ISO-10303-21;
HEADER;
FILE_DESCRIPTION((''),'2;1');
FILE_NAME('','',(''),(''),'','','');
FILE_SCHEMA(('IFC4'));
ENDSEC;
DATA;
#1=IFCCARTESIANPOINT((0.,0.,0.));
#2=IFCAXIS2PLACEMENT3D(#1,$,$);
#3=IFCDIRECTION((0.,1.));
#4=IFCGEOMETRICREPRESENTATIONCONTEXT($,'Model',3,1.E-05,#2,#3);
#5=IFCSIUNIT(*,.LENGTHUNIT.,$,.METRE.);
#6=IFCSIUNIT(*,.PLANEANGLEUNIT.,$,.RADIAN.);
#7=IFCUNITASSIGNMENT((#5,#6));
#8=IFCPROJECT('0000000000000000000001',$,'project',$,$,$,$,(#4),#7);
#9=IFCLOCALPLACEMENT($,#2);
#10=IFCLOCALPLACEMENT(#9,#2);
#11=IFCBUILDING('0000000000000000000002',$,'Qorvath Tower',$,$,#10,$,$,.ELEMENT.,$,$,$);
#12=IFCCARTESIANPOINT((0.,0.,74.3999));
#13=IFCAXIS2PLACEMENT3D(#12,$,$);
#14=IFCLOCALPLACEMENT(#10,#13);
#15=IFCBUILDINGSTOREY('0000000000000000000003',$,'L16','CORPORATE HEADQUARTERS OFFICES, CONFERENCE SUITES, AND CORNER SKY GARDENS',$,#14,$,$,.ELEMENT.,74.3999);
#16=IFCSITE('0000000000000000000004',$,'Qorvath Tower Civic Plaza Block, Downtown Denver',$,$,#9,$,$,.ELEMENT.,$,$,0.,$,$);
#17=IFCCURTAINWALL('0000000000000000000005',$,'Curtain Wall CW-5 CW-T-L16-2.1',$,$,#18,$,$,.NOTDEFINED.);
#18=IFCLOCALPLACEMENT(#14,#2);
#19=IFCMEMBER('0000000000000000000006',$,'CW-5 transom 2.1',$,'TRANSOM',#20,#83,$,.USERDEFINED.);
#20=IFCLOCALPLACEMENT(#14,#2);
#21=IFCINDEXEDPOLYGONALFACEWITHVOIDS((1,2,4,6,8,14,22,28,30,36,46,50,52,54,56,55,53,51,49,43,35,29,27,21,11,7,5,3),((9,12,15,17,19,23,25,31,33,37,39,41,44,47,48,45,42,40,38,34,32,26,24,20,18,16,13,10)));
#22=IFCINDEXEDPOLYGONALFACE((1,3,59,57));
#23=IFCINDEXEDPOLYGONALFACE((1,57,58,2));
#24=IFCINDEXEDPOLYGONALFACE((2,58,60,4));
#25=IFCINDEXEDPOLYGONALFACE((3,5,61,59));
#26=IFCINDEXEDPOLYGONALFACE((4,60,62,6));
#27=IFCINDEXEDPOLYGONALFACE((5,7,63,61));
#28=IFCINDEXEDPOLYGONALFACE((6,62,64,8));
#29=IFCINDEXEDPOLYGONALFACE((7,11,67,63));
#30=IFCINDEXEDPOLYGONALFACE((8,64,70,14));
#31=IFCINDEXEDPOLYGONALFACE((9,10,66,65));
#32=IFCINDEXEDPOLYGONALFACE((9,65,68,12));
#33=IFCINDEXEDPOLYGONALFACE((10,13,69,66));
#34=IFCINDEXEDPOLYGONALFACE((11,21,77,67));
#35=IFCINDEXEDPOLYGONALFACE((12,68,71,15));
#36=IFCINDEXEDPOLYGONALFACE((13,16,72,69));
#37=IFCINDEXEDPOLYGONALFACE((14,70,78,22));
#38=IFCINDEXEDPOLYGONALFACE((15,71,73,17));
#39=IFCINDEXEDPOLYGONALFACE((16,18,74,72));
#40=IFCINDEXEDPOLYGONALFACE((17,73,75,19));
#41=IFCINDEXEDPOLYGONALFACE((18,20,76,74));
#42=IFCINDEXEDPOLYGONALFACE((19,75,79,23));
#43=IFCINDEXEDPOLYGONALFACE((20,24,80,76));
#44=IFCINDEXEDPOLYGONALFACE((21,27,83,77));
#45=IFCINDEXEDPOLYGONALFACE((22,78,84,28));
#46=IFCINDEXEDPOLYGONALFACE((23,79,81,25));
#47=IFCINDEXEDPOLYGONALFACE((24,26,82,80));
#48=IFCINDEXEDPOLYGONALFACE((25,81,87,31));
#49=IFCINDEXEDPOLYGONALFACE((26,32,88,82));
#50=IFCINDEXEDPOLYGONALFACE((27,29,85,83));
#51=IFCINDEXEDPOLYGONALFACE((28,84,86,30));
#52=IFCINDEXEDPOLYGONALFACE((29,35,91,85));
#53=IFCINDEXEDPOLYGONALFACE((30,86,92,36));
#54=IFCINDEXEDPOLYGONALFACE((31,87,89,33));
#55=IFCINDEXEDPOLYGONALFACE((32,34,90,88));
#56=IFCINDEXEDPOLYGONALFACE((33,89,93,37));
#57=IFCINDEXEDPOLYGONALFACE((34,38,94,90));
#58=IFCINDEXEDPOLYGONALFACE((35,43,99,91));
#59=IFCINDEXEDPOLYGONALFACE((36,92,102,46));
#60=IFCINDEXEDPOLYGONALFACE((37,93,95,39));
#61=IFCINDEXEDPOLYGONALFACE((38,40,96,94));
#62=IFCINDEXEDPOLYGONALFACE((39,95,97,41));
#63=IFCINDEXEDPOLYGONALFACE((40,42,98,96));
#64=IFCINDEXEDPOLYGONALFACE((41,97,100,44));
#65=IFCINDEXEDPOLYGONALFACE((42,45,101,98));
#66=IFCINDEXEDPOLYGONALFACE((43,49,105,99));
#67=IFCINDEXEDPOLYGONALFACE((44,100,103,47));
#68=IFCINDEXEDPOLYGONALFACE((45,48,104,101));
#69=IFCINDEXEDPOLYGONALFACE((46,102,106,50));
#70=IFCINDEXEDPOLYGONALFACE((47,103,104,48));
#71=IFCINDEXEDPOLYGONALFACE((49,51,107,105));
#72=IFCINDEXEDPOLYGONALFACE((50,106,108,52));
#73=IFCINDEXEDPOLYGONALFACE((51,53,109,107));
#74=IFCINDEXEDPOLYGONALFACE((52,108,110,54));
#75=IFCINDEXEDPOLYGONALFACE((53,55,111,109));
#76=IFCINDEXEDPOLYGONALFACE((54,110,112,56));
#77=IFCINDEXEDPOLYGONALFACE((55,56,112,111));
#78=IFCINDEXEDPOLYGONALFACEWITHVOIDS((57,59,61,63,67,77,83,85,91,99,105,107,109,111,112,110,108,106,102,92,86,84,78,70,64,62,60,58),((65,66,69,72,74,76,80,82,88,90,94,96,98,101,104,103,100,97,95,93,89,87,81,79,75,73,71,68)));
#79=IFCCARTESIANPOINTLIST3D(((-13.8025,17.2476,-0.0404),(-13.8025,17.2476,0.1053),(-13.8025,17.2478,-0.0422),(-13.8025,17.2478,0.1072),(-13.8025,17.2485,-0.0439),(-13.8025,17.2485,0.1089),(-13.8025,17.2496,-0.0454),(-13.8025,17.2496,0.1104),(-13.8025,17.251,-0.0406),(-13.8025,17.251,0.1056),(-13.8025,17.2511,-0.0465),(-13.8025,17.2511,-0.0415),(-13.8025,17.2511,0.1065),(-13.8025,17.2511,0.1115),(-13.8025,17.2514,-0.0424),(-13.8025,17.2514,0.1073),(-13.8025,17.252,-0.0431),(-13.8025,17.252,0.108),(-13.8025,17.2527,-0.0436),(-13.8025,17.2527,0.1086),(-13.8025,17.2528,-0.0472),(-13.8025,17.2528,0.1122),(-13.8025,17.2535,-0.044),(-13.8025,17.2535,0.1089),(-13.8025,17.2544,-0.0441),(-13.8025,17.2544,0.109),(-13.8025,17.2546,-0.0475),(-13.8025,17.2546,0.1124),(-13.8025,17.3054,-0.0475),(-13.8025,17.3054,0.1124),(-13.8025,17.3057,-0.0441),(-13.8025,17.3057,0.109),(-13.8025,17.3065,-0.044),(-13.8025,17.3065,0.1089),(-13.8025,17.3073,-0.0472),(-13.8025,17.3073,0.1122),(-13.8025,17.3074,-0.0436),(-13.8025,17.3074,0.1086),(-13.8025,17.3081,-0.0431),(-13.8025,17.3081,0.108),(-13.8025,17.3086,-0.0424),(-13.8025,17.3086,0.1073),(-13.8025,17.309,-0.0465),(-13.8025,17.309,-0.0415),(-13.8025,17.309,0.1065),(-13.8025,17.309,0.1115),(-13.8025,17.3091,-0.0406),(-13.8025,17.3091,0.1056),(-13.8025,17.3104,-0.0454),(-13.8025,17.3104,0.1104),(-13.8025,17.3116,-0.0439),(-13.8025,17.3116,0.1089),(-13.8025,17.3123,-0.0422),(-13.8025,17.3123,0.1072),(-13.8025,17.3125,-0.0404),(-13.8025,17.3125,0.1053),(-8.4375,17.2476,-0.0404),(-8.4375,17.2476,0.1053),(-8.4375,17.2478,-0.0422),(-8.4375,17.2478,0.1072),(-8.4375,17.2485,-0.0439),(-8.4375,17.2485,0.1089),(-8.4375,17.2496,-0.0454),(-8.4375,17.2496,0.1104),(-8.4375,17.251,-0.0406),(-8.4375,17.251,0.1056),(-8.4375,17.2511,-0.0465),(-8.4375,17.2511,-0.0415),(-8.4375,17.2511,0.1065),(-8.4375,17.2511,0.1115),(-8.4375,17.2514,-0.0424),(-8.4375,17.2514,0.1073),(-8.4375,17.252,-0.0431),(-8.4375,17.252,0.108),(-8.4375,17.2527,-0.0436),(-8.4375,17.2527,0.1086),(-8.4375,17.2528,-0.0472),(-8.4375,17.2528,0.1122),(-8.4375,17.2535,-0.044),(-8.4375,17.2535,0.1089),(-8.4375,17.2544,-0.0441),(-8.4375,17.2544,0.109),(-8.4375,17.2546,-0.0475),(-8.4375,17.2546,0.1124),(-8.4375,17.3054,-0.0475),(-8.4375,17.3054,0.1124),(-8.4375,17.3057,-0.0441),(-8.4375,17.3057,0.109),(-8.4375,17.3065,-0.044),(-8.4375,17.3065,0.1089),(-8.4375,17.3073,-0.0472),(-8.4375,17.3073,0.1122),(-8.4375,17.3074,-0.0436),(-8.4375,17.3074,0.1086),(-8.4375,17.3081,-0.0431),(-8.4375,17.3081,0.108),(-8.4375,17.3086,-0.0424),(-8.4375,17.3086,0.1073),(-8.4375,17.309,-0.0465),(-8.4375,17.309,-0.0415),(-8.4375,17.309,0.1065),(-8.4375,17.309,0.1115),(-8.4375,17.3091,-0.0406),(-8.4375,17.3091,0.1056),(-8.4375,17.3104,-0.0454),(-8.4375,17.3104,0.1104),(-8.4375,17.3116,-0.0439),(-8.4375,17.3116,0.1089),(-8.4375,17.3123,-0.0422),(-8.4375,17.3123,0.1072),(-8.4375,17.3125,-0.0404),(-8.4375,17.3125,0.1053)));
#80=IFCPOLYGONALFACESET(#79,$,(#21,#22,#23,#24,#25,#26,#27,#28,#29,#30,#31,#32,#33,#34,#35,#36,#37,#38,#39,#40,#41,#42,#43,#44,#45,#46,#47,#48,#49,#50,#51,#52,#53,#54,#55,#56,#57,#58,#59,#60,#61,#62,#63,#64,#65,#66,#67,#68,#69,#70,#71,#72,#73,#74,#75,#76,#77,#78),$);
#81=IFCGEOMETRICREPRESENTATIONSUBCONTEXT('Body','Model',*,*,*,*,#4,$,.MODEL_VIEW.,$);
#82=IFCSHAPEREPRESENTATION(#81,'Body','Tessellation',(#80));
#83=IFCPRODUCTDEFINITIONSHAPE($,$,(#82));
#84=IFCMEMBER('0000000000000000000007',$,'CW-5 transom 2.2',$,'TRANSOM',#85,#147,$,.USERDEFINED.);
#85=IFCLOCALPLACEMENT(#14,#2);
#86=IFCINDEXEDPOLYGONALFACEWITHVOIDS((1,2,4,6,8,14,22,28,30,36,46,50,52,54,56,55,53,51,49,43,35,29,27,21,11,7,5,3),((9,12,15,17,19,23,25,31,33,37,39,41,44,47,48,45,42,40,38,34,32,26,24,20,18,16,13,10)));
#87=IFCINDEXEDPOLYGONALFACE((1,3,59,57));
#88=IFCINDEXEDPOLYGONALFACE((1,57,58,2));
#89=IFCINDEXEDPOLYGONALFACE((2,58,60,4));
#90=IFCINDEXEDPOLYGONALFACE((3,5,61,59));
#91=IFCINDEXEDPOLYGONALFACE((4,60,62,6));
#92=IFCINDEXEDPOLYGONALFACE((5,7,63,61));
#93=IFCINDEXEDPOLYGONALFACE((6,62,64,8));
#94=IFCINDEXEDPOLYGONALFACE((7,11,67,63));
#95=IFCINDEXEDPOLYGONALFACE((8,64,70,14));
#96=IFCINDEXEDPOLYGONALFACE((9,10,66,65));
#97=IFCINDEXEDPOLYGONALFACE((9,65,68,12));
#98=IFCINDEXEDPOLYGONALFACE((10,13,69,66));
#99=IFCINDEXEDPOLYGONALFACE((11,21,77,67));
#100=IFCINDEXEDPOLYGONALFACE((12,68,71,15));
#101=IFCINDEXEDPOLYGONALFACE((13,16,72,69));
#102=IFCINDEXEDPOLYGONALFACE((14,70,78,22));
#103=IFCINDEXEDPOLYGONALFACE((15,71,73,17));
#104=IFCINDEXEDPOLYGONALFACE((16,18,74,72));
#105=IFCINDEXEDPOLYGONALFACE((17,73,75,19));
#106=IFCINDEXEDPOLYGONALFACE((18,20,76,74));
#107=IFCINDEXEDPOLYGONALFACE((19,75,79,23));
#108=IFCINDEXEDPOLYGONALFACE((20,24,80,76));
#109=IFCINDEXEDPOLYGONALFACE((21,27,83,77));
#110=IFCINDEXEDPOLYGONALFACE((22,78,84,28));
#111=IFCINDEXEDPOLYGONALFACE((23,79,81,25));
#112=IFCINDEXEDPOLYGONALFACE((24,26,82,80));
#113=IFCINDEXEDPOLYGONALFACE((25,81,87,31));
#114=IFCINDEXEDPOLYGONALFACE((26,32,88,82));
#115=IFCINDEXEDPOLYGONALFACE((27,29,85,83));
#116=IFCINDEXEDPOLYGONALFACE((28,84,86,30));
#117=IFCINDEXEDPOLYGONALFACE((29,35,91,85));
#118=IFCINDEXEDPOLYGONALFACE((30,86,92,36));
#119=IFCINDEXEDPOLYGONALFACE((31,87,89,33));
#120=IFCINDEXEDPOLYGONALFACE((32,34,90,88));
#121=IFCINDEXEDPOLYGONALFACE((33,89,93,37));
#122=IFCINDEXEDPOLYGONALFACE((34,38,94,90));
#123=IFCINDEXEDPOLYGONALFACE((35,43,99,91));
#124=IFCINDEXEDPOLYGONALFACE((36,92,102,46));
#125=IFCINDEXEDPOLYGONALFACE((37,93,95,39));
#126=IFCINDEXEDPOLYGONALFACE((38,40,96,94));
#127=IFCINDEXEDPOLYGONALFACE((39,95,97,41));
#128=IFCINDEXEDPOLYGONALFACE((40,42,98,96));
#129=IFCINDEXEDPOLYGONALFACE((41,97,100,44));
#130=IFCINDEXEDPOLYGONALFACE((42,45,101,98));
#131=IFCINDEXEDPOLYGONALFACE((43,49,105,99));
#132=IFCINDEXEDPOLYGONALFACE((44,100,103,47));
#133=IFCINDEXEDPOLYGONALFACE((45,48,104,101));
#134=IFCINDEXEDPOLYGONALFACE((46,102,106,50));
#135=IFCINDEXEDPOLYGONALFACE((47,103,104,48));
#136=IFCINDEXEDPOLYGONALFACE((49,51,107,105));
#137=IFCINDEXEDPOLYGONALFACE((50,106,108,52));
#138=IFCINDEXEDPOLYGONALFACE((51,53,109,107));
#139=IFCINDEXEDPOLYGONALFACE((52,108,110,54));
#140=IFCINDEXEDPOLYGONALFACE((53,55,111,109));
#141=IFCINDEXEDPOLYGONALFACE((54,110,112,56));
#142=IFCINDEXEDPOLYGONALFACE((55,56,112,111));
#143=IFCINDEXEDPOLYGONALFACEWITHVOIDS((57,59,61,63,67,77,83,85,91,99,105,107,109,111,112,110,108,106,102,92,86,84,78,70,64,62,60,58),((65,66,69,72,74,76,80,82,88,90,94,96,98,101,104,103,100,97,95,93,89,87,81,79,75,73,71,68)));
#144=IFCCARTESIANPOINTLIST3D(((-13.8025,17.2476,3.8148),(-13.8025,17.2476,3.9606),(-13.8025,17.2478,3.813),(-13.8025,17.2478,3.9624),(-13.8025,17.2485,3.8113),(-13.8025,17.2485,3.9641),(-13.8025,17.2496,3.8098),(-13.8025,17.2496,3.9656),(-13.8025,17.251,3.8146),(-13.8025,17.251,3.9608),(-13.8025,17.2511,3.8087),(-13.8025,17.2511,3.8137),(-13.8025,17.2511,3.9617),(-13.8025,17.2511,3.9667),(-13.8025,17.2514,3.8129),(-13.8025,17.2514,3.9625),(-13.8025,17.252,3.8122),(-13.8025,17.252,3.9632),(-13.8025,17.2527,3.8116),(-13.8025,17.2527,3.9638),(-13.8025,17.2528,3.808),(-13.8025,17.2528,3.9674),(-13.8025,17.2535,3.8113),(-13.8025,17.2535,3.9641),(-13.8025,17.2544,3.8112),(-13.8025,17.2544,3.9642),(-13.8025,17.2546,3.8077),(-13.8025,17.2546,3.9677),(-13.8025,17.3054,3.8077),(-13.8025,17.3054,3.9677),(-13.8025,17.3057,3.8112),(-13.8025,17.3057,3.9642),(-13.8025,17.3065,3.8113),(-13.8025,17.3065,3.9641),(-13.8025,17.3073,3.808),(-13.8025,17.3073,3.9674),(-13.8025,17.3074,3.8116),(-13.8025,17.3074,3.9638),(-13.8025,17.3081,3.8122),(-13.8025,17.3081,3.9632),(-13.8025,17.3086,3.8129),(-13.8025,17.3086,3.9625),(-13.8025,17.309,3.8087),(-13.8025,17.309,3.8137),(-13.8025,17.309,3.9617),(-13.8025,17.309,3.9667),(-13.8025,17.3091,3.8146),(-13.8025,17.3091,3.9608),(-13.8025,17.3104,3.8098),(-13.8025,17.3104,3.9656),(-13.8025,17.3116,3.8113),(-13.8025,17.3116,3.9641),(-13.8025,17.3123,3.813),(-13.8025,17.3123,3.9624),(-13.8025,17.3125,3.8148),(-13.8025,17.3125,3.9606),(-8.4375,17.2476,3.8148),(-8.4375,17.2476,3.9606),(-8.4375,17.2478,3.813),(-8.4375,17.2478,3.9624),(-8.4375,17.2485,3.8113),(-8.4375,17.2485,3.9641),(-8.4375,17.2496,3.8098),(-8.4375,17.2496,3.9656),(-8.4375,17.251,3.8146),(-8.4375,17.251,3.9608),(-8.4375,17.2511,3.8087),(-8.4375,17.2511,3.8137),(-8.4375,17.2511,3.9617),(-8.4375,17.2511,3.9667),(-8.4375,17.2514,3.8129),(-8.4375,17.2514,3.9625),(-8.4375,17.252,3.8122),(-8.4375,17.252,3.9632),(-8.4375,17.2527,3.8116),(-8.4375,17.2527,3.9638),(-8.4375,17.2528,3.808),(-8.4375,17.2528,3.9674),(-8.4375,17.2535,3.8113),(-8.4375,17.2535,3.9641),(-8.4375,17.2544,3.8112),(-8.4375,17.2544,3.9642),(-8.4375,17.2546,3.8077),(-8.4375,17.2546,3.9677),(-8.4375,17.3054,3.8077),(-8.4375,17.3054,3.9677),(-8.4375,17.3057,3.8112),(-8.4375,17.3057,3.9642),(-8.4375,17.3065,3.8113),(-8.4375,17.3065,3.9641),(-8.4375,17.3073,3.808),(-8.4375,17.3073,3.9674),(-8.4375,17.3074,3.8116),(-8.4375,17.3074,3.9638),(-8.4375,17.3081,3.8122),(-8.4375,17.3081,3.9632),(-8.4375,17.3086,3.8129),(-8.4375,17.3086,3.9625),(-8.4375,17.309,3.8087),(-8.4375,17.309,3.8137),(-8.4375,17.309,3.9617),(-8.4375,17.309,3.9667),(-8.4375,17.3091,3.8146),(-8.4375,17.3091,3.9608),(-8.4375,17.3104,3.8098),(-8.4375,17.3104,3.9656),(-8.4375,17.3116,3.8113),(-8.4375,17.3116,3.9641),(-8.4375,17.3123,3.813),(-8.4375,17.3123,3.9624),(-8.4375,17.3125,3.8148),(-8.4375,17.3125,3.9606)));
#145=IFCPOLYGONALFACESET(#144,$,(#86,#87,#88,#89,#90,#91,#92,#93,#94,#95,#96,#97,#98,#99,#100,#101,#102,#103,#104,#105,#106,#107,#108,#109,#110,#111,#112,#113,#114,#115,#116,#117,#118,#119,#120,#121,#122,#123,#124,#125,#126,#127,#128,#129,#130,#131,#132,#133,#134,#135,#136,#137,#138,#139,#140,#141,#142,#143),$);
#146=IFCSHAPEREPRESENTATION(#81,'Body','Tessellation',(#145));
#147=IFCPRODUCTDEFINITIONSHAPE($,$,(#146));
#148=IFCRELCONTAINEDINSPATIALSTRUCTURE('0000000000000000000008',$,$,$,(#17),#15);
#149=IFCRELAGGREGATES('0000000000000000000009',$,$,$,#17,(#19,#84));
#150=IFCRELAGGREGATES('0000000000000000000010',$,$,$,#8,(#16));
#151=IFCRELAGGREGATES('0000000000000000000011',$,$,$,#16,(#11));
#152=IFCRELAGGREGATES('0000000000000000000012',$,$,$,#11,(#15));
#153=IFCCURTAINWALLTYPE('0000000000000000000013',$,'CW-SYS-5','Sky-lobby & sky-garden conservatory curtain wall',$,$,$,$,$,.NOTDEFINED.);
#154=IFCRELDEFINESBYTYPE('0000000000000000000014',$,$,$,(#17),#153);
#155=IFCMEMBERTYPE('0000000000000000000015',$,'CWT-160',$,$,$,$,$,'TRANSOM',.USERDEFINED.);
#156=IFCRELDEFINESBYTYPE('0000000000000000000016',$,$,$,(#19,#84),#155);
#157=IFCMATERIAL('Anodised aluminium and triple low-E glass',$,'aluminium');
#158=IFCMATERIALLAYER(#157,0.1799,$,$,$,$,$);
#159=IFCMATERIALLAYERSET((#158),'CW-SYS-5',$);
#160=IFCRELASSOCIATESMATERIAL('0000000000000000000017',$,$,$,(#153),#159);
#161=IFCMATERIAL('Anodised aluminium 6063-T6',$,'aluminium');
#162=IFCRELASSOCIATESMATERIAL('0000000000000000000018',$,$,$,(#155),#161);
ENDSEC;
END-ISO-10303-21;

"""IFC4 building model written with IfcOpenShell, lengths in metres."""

from ifc_helpers import new_model, si_unit, direction, frame, origin, origin_2d, place, context, subcontext, project, spatial, hollow_rectangle, extrude, material, layer, layer_set, material_profile, profile_set, type_object, element, aggregate, save


model = new_model("IFC4")

# Units and contexts
model_context = context("Model", 3, precision=1e-05, world=origin(), true_north=direction((0.0, 1.0)))
body_context = subcontext(model_context, "Body", "Model", "MODEL_VIEW")
ifc_project = project(units=[si_unit("LENGTHUNIT", "METRE"), si_unit("PLANEANGLEUNIT", "RADIAN")], contexts=[model_context])

# Site, building, storey
site_placement = place(None, origin())
site = spatial("IfcSite", under=ifc_project, at=site_placement, Name="Qorvath Tower Civic Plaza Block, Downtown Denver", CompositionType="ELEMENT", RefElevation=0.0)
building_placement = place(site_placement, origin())
building = spatial("IfcBuilding", under=site, at=building_placement, Name="Qorvath Tower", CompositionType="ELEMENT")
storey_placement = place(building_placement, frame((0.0, 0.0, 74.3999)))
storey = spatial("IfcBuildingStorey", under=building, at=storey_placement, Name="L16", Description="CORPORATE HEADQUARTERS OFFICES, CONFERENCE SUITES, AND CORNER SKY GARDENS", CompositionType="ELEMENT", Elevation=74.3999)

# Curtain wall
ifc_material_1 = material(Name="Anodised aluminium and triple low-E glass", Category="aluminium")
ifc_layer_1 = layer(ifc_material_1, 0.1799)
ifc_layer_set_1 = layer_set([ifc_layer_1], Name="CW-SYS-5")
curtain_wall_type = type_object("IfcCurtainWallType", Name="CW-SYS-5", Description="Sky-lobby & sky-garden conservatory curtain wall", PredefinedType="NOTDEFINED", material=ifc_layer_set_1)
curtain_wall_1_placement = place(storey_placement, origin())
curtain_wall_1 = element("IfcCurtainWall", 1, at=curtain_wall_1_placement, inside=storey, type_object=curtain_wall_type, Name="Curtain Wall CW-5 CW-T-L16-2.1", PredefinedType="NOTDEFINED")

# Members
ifc_material_2 = material(Name="Anodised aluminium 6063-T6", Category="aluminium")
ifc_material_profile_1 = material_profile(ifc_material_2, hollow_rectangle(XDim=0.0649, YDim=0.1599, WallThickness=0.0034, InnerFilletRadius=0.0034, OuterFilletRadius=0.0071, at=origin_2d()), Name="CWT 160x65")
ifc_profile_set_1 = profile_set([ifc_material_profile_1], Name="Anodised aluminium 6063-T6")
member_type_1 = type_object("IfcMemberType", Name="CWT-160", ElementType="TRANSOM", PredefinedType="USERDEFINED", material=ifc_profile_set_1)
member_1_placement = place(storey_placement, frame((-8.4375, 17.28, 0.0325), z_axis=(-1.0, 0.0, 0.0), x_axis=(0.0, -1.0, 0.0)))
member_1 = element("IfcMember", 2, at=member_1_placement, type_object=member_type_1, Name="CW-5 transom 2.1", ObjectType="TRANSOM", PredefinedType="USERDEFINED", context=body_context, shape_type="SweptSolid", body=[
    extrude(hollow_rectangle(XDim=0.0649, YDim=0.1599, WallThickness=0.0034, InnerFilletRadius=0.0034, OuterFilletRadius=0.0071, at=origin_2d()), origin(), (0.0, 0.0, 1.0), 5.365),
])
member_2_placement = place(storey_placement, frame((-8.4375, 17.28, 3.8877), z_axis=(-1.0, 0.0, 0.0), x_axis=(0.0, -1.0, 0.0)))
member_2 = element("IfcMember", 3, at=member_2_placement, type_object=member_type_1, Name="CW-5 transom 2.2", ObjectType="TRANSOM", PredefinedType="USERDEFINED", context=body_context, shape_type="SweptSolid", body=[
    extrude(hollow_rectangle(XDim=0.0649, YDim=0.1599, WallThickness=0.0034, InnerFilletRadius=0.0034, OuterFilletRadius=0.0071, at=origin_2d()), origin(), (0.0, 0.0, 1.0), 5.365),
])

aggregate(curtain_wall_1, [member_1, member_2])

save(model, "model.ifc")
